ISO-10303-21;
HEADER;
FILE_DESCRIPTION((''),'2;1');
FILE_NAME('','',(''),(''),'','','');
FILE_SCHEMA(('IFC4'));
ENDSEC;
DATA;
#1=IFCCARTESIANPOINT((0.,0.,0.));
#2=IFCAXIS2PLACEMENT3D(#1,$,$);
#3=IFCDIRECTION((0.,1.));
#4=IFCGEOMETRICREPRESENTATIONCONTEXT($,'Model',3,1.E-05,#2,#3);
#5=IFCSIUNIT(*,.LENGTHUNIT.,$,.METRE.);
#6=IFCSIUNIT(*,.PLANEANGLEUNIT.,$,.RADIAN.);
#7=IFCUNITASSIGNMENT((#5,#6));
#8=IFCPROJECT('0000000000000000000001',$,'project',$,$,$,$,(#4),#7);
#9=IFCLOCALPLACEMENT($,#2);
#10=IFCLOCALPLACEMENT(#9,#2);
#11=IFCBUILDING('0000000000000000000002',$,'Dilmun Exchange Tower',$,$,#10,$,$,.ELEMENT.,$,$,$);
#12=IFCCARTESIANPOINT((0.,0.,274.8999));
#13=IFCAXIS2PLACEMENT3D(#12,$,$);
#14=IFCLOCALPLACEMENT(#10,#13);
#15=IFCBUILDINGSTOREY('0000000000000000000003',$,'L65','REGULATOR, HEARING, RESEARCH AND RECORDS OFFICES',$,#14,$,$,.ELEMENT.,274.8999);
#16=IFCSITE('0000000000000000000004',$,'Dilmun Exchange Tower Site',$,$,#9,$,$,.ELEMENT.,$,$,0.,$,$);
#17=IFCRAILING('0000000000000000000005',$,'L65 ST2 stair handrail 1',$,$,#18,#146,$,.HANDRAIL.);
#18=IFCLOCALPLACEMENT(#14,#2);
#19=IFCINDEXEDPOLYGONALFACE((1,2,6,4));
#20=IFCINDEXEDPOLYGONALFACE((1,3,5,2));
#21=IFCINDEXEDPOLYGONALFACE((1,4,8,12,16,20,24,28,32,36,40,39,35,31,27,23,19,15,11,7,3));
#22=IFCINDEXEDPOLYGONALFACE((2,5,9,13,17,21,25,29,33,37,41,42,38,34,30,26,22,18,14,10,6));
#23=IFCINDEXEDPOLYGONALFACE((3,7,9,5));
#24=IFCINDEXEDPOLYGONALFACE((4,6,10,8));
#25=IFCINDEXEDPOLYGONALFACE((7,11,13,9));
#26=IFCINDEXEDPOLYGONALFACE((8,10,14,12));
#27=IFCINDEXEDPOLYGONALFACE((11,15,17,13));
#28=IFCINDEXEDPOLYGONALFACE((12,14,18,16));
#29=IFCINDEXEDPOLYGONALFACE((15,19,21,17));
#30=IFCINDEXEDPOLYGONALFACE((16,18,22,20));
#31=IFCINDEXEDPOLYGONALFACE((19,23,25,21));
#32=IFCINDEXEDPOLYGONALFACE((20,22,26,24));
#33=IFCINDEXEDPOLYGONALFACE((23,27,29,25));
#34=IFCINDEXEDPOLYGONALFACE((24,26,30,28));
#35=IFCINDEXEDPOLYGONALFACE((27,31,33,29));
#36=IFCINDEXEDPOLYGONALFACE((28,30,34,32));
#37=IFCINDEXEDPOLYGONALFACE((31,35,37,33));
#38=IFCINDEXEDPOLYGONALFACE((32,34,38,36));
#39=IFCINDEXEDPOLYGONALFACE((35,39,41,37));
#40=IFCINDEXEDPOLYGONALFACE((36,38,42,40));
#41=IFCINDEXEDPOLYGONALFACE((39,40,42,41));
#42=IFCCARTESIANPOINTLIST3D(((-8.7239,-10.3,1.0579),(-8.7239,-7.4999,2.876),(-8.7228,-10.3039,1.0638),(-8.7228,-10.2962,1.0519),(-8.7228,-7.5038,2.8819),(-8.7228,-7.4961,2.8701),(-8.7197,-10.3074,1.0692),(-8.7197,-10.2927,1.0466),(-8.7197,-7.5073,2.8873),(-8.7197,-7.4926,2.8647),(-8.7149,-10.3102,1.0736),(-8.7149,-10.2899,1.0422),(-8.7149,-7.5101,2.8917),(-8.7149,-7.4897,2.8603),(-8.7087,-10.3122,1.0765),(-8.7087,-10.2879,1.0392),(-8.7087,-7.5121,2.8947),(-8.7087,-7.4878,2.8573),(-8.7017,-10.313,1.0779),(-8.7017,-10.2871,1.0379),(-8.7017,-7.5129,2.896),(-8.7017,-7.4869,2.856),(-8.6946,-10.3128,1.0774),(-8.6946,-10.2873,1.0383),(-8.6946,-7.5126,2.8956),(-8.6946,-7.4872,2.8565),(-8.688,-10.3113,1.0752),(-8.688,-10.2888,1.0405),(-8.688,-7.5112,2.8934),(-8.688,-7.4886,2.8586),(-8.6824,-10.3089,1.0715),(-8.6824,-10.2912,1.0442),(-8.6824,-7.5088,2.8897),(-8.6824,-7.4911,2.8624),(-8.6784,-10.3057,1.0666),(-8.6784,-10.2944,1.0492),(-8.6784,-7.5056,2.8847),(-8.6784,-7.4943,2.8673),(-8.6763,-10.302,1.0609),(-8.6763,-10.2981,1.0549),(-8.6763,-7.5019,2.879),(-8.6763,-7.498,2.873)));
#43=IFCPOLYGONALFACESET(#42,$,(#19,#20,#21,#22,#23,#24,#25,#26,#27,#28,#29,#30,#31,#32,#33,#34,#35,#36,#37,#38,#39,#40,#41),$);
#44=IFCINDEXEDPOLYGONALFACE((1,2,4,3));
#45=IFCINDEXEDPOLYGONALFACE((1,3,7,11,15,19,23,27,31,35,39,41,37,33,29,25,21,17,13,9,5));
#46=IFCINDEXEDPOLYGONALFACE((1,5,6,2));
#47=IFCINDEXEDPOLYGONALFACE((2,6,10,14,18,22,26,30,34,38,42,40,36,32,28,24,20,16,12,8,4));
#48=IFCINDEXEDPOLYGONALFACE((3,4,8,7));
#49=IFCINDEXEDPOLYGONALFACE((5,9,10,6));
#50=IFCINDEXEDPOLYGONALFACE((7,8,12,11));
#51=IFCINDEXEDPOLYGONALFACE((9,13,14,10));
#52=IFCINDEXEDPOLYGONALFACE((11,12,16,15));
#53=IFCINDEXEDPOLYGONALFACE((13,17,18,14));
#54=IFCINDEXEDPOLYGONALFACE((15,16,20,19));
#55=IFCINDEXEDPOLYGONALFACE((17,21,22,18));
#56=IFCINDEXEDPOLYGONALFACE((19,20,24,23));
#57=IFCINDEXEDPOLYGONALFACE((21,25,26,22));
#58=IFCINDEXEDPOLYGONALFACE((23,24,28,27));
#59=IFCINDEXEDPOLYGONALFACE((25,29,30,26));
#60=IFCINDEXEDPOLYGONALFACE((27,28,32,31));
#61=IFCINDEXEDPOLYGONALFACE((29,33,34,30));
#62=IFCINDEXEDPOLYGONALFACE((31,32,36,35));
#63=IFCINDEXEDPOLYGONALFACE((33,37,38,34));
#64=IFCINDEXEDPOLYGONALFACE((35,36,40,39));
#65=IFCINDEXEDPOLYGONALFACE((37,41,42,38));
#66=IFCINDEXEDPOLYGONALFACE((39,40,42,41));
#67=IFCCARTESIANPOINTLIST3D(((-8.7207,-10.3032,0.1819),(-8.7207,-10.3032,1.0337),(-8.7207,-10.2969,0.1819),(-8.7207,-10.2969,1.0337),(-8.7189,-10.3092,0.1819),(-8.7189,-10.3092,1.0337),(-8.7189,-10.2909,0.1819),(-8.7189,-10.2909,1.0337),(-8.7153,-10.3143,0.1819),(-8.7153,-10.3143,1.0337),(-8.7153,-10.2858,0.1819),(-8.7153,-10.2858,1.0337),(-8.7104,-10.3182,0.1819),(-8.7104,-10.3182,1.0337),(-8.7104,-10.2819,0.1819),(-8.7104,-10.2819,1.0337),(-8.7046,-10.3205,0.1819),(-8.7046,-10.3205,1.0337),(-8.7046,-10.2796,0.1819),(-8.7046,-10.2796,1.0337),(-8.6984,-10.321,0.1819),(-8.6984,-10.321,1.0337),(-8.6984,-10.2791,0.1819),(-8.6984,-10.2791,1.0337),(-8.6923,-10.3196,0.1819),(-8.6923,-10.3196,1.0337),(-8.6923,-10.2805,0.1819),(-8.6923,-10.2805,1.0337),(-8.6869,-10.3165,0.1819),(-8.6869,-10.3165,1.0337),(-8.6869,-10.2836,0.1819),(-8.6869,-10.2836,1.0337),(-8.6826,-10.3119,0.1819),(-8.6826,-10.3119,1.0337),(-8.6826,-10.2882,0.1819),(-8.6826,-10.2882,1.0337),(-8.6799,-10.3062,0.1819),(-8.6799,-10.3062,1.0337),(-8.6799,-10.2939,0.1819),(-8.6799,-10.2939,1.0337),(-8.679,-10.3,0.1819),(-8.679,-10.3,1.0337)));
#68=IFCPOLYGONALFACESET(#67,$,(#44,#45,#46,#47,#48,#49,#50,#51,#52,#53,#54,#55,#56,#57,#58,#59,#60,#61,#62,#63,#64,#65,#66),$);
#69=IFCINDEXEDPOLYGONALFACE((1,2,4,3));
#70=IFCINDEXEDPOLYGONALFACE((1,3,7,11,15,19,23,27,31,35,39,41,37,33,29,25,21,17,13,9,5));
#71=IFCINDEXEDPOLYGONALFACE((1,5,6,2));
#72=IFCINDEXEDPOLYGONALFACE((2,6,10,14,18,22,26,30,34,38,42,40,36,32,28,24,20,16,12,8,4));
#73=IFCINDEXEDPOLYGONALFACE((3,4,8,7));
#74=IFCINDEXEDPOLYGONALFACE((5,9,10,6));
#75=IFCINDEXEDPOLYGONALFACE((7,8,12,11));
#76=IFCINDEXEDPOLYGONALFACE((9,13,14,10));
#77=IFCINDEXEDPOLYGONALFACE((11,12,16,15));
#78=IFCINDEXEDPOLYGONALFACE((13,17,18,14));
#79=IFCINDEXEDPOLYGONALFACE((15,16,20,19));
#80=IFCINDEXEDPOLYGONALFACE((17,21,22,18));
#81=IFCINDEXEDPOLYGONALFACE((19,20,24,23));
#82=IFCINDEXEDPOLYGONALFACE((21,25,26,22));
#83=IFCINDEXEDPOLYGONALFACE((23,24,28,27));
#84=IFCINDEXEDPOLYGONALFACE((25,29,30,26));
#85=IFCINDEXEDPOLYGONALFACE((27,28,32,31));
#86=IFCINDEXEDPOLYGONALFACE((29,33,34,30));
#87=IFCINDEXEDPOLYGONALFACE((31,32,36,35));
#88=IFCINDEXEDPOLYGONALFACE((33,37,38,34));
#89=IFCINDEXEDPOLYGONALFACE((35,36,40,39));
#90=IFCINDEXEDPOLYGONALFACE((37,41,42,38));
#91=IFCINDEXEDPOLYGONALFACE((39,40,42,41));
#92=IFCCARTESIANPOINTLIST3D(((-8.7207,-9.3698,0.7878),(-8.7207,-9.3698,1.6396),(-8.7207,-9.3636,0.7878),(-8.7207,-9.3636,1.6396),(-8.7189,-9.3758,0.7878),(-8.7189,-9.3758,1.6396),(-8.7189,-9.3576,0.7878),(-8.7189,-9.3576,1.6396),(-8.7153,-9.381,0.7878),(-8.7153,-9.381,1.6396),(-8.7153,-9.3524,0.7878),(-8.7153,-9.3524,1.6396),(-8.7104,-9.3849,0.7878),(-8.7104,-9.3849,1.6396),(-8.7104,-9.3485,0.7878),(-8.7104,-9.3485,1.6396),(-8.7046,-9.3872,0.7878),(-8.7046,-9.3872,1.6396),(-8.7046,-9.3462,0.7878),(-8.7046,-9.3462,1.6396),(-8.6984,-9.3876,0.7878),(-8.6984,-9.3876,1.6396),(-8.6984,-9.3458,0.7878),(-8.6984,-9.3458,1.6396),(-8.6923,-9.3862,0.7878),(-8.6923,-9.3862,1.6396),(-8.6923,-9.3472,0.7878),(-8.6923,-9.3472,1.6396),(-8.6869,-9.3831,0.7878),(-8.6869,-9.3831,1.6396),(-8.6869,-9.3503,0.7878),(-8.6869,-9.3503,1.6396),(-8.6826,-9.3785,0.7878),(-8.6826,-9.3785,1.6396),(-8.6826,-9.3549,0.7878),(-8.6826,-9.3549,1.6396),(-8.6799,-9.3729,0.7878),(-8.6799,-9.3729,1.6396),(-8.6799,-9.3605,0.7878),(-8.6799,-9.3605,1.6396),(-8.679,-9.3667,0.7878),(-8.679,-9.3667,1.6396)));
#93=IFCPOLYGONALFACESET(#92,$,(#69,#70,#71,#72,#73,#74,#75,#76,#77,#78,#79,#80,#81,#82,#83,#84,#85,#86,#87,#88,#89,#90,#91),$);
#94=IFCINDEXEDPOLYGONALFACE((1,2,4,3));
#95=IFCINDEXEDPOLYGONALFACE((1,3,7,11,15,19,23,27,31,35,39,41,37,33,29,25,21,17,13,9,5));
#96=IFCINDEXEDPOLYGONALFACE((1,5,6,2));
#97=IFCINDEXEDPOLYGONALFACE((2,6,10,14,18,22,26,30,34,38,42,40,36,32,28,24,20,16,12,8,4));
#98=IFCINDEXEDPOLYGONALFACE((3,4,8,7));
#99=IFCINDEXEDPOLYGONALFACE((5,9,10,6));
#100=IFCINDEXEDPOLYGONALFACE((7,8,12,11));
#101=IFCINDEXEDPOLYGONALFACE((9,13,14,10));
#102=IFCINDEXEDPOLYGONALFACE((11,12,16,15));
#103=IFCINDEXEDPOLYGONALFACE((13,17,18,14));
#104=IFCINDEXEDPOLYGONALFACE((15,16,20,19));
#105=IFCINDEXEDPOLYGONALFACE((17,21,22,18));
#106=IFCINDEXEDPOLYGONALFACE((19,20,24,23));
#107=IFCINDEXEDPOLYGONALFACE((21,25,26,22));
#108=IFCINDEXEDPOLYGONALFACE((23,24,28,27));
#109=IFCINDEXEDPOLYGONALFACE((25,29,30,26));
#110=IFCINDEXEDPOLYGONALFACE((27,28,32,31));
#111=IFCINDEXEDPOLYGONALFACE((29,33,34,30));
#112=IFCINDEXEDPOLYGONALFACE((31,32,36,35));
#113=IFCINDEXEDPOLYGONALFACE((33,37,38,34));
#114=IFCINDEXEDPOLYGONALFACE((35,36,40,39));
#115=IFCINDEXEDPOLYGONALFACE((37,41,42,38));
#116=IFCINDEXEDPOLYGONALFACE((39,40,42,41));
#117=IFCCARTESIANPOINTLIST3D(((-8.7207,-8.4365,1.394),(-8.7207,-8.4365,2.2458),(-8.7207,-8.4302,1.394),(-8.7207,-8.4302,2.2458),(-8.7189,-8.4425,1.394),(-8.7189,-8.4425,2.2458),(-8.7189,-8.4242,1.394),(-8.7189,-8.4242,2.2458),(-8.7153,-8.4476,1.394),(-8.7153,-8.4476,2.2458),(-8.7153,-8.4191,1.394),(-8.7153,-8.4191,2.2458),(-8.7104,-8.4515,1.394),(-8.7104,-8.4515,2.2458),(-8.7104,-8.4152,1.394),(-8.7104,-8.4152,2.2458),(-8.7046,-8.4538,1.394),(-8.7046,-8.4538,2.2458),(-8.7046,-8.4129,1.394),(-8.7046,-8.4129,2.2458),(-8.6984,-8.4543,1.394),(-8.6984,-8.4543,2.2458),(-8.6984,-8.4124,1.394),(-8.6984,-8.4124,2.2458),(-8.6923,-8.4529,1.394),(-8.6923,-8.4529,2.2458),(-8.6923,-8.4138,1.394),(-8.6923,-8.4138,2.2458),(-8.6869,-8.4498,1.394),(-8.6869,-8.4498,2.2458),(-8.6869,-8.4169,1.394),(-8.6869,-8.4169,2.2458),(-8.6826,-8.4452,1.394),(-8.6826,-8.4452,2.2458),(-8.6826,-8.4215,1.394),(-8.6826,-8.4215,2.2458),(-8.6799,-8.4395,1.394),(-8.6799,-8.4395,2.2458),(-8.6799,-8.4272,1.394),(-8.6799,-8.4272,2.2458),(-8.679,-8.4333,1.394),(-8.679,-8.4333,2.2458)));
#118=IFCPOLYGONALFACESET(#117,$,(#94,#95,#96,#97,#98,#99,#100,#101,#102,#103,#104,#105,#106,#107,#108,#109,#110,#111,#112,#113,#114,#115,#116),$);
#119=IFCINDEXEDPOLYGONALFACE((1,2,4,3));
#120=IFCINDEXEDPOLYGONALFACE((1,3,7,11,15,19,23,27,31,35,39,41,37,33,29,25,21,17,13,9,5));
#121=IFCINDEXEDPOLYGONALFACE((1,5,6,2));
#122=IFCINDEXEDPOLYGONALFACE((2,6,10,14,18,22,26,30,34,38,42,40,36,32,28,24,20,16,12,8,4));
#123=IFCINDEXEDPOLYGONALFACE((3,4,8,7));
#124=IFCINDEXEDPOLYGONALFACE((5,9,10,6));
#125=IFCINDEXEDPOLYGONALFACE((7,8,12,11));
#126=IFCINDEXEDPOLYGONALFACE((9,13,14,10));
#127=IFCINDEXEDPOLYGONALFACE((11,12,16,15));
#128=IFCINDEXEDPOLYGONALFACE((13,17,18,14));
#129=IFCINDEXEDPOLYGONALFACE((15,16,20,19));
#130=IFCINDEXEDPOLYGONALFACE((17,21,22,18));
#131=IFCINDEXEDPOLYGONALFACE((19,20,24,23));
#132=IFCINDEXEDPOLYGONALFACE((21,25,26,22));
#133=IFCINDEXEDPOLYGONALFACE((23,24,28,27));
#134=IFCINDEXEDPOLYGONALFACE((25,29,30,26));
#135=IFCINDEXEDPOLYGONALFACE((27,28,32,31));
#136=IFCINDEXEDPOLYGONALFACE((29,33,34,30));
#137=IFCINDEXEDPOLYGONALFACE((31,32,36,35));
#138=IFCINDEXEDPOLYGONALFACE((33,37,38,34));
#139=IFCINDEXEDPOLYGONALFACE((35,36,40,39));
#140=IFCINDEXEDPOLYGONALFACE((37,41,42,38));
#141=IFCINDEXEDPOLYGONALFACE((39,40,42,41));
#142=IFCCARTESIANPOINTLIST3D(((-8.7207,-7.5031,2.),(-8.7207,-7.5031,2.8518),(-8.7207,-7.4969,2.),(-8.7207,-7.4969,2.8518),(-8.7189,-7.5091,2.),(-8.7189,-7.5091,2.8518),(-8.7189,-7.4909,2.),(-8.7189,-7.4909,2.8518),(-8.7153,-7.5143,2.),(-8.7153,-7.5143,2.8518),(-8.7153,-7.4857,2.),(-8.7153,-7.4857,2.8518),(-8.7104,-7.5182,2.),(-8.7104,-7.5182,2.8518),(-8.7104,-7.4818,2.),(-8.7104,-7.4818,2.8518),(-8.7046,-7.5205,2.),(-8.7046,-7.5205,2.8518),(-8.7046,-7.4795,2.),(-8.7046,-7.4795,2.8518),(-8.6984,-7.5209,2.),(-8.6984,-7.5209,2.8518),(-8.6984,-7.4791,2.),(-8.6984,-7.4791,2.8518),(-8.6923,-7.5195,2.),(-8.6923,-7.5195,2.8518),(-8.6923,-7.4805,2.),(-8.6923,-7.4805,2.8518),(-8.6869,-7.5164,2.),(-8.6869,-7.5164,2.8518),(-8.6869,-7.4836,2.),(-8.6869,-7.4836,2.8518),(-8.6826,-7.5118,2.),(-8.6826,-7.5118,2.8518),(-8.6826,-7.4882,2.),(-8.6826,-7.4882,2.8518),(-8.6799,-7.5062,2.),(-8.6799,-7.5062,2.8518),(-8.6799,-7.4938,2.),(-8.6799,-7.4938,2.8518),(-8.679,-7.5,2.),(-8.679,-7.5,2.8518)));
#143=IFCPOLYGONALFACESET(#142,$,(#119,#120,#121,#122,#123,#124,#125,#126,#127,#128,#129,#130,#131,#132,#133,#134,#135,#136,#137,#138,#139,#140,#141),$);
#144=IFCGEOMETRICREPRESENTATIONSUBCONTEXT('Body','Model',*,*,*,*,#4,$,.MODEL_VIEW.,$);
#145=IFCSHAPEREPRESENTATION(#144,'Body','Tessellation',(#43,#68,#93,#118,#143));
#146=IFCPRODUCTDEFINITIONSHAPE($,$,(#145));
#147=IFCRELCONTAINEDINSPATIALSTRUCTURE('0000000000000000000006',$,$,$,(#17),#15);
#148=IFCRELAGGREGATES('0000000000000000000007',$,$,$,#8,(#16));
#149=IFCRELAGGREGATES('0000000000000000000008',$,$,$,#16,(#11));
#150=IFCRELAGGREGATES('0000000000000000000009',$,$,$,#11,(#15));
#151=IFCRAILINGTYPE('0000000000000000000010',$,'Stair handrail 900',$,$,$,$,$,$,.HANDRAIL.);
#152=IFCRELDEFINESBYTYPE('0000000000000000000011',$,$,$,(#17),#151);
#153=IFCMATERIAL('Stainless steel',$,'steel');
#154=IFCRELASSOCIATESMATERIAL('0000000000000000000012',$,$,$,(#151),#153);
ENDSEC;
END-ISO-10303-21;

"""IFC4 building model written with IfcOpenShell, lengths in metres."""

from ifc_helpers import new_model, si_unit, direction, frame, origin, origin_2d, place, context, subcontext, project, spatial, circle, extrude, material, type_object, element, save


model = new_model("IFC4")

# Units and contexts
model_context = context("Model", 3, precision=1e-05, world=origin(), true_north=direction((0.0, 1.0)))
body_context = subcontext(model_context, "Body", "Model", "MODEL_VIEW")
ifc_project = project(units=[si_unit("LENGTHUNIT", "METRE"), si_unit("PLANEANGLEUNIT", "RADIAN")], contexts=[model_context])

# Site, building, storey
site_placement = place(None, origin())
site = spatial("IfcSite", under=ifc_project, at=site_placement, Name="Dilmun Exchange Tower Site", CompositionType="ELEMENT", RefElevation=0.0)
building_placement = place(site_placement, origin())
building = spatial("IfcBuilding", under=site, at=building_placement, Name="Dilmun Exchange Tower", CompositionType="ELEMENT")
storey_placement = place(building_placement, frame((0.0, 0.0, 274.8999)))
storey = spatial("IfcBuildingStorey", under=building, at=storey_placement, Name="L65", Description="REGULATOR, HEARING, RESEARCH AND RECORDS OFFICES", CompositionType="ELEMENT", Elevation=274.8999)

# Railing
ifc_material_1 = material(Name="Stainless steel", Category="steel")
railing_type = type_object("IfcRailingType", Name="Stair handrail 900", PredefinedType="HANDRAIL", material=ifc_material_1)
railing_placement = place(storey_placement, frame((-8.7, -10.3, 0.1819)))
element("IfcRailing", 1, at=railing_placement, inside=storey, type_object=railing_type, Name="L65 ST2 stair handrail 1", PredefinedType="HANDRAIL", context=body_context, shape_type="SweptSolid", body=[
    extrude(circle(Radius=0.0239, at=origin_2d()), frame((0.0, 0.0, 0.876), z_axis=(0.0, 0.838706, 0.544585), x_axis=(-1.0, 0.0, 0.0)), (0.0, 0.0, 1.0), 3.3386),
    extrude(circle(Radius=0.021, at=origin_2d()), origin(), (0.0, 0.0, 1.0), 0.8518),
    extrude(circle(Radius=0.021, at=origin_2d()), frame((0.0, 0.9333, 0.606)), (0.0, 0.0, 1.0), 0.8518),
    extrude(circle(Radius=0.021, at=origin_2d()), frame((0.0, 1.8667, 1.2122)), (0.0, 0.0, 1.0), 0.8518),
    extrude(circle(Radius=0.021, at=origin_2d()), frame((0.0, 2.8, 1.8181)), (0.0, 0.0, 1.0), 0.8518),
])

save(model, "model.ifc")
